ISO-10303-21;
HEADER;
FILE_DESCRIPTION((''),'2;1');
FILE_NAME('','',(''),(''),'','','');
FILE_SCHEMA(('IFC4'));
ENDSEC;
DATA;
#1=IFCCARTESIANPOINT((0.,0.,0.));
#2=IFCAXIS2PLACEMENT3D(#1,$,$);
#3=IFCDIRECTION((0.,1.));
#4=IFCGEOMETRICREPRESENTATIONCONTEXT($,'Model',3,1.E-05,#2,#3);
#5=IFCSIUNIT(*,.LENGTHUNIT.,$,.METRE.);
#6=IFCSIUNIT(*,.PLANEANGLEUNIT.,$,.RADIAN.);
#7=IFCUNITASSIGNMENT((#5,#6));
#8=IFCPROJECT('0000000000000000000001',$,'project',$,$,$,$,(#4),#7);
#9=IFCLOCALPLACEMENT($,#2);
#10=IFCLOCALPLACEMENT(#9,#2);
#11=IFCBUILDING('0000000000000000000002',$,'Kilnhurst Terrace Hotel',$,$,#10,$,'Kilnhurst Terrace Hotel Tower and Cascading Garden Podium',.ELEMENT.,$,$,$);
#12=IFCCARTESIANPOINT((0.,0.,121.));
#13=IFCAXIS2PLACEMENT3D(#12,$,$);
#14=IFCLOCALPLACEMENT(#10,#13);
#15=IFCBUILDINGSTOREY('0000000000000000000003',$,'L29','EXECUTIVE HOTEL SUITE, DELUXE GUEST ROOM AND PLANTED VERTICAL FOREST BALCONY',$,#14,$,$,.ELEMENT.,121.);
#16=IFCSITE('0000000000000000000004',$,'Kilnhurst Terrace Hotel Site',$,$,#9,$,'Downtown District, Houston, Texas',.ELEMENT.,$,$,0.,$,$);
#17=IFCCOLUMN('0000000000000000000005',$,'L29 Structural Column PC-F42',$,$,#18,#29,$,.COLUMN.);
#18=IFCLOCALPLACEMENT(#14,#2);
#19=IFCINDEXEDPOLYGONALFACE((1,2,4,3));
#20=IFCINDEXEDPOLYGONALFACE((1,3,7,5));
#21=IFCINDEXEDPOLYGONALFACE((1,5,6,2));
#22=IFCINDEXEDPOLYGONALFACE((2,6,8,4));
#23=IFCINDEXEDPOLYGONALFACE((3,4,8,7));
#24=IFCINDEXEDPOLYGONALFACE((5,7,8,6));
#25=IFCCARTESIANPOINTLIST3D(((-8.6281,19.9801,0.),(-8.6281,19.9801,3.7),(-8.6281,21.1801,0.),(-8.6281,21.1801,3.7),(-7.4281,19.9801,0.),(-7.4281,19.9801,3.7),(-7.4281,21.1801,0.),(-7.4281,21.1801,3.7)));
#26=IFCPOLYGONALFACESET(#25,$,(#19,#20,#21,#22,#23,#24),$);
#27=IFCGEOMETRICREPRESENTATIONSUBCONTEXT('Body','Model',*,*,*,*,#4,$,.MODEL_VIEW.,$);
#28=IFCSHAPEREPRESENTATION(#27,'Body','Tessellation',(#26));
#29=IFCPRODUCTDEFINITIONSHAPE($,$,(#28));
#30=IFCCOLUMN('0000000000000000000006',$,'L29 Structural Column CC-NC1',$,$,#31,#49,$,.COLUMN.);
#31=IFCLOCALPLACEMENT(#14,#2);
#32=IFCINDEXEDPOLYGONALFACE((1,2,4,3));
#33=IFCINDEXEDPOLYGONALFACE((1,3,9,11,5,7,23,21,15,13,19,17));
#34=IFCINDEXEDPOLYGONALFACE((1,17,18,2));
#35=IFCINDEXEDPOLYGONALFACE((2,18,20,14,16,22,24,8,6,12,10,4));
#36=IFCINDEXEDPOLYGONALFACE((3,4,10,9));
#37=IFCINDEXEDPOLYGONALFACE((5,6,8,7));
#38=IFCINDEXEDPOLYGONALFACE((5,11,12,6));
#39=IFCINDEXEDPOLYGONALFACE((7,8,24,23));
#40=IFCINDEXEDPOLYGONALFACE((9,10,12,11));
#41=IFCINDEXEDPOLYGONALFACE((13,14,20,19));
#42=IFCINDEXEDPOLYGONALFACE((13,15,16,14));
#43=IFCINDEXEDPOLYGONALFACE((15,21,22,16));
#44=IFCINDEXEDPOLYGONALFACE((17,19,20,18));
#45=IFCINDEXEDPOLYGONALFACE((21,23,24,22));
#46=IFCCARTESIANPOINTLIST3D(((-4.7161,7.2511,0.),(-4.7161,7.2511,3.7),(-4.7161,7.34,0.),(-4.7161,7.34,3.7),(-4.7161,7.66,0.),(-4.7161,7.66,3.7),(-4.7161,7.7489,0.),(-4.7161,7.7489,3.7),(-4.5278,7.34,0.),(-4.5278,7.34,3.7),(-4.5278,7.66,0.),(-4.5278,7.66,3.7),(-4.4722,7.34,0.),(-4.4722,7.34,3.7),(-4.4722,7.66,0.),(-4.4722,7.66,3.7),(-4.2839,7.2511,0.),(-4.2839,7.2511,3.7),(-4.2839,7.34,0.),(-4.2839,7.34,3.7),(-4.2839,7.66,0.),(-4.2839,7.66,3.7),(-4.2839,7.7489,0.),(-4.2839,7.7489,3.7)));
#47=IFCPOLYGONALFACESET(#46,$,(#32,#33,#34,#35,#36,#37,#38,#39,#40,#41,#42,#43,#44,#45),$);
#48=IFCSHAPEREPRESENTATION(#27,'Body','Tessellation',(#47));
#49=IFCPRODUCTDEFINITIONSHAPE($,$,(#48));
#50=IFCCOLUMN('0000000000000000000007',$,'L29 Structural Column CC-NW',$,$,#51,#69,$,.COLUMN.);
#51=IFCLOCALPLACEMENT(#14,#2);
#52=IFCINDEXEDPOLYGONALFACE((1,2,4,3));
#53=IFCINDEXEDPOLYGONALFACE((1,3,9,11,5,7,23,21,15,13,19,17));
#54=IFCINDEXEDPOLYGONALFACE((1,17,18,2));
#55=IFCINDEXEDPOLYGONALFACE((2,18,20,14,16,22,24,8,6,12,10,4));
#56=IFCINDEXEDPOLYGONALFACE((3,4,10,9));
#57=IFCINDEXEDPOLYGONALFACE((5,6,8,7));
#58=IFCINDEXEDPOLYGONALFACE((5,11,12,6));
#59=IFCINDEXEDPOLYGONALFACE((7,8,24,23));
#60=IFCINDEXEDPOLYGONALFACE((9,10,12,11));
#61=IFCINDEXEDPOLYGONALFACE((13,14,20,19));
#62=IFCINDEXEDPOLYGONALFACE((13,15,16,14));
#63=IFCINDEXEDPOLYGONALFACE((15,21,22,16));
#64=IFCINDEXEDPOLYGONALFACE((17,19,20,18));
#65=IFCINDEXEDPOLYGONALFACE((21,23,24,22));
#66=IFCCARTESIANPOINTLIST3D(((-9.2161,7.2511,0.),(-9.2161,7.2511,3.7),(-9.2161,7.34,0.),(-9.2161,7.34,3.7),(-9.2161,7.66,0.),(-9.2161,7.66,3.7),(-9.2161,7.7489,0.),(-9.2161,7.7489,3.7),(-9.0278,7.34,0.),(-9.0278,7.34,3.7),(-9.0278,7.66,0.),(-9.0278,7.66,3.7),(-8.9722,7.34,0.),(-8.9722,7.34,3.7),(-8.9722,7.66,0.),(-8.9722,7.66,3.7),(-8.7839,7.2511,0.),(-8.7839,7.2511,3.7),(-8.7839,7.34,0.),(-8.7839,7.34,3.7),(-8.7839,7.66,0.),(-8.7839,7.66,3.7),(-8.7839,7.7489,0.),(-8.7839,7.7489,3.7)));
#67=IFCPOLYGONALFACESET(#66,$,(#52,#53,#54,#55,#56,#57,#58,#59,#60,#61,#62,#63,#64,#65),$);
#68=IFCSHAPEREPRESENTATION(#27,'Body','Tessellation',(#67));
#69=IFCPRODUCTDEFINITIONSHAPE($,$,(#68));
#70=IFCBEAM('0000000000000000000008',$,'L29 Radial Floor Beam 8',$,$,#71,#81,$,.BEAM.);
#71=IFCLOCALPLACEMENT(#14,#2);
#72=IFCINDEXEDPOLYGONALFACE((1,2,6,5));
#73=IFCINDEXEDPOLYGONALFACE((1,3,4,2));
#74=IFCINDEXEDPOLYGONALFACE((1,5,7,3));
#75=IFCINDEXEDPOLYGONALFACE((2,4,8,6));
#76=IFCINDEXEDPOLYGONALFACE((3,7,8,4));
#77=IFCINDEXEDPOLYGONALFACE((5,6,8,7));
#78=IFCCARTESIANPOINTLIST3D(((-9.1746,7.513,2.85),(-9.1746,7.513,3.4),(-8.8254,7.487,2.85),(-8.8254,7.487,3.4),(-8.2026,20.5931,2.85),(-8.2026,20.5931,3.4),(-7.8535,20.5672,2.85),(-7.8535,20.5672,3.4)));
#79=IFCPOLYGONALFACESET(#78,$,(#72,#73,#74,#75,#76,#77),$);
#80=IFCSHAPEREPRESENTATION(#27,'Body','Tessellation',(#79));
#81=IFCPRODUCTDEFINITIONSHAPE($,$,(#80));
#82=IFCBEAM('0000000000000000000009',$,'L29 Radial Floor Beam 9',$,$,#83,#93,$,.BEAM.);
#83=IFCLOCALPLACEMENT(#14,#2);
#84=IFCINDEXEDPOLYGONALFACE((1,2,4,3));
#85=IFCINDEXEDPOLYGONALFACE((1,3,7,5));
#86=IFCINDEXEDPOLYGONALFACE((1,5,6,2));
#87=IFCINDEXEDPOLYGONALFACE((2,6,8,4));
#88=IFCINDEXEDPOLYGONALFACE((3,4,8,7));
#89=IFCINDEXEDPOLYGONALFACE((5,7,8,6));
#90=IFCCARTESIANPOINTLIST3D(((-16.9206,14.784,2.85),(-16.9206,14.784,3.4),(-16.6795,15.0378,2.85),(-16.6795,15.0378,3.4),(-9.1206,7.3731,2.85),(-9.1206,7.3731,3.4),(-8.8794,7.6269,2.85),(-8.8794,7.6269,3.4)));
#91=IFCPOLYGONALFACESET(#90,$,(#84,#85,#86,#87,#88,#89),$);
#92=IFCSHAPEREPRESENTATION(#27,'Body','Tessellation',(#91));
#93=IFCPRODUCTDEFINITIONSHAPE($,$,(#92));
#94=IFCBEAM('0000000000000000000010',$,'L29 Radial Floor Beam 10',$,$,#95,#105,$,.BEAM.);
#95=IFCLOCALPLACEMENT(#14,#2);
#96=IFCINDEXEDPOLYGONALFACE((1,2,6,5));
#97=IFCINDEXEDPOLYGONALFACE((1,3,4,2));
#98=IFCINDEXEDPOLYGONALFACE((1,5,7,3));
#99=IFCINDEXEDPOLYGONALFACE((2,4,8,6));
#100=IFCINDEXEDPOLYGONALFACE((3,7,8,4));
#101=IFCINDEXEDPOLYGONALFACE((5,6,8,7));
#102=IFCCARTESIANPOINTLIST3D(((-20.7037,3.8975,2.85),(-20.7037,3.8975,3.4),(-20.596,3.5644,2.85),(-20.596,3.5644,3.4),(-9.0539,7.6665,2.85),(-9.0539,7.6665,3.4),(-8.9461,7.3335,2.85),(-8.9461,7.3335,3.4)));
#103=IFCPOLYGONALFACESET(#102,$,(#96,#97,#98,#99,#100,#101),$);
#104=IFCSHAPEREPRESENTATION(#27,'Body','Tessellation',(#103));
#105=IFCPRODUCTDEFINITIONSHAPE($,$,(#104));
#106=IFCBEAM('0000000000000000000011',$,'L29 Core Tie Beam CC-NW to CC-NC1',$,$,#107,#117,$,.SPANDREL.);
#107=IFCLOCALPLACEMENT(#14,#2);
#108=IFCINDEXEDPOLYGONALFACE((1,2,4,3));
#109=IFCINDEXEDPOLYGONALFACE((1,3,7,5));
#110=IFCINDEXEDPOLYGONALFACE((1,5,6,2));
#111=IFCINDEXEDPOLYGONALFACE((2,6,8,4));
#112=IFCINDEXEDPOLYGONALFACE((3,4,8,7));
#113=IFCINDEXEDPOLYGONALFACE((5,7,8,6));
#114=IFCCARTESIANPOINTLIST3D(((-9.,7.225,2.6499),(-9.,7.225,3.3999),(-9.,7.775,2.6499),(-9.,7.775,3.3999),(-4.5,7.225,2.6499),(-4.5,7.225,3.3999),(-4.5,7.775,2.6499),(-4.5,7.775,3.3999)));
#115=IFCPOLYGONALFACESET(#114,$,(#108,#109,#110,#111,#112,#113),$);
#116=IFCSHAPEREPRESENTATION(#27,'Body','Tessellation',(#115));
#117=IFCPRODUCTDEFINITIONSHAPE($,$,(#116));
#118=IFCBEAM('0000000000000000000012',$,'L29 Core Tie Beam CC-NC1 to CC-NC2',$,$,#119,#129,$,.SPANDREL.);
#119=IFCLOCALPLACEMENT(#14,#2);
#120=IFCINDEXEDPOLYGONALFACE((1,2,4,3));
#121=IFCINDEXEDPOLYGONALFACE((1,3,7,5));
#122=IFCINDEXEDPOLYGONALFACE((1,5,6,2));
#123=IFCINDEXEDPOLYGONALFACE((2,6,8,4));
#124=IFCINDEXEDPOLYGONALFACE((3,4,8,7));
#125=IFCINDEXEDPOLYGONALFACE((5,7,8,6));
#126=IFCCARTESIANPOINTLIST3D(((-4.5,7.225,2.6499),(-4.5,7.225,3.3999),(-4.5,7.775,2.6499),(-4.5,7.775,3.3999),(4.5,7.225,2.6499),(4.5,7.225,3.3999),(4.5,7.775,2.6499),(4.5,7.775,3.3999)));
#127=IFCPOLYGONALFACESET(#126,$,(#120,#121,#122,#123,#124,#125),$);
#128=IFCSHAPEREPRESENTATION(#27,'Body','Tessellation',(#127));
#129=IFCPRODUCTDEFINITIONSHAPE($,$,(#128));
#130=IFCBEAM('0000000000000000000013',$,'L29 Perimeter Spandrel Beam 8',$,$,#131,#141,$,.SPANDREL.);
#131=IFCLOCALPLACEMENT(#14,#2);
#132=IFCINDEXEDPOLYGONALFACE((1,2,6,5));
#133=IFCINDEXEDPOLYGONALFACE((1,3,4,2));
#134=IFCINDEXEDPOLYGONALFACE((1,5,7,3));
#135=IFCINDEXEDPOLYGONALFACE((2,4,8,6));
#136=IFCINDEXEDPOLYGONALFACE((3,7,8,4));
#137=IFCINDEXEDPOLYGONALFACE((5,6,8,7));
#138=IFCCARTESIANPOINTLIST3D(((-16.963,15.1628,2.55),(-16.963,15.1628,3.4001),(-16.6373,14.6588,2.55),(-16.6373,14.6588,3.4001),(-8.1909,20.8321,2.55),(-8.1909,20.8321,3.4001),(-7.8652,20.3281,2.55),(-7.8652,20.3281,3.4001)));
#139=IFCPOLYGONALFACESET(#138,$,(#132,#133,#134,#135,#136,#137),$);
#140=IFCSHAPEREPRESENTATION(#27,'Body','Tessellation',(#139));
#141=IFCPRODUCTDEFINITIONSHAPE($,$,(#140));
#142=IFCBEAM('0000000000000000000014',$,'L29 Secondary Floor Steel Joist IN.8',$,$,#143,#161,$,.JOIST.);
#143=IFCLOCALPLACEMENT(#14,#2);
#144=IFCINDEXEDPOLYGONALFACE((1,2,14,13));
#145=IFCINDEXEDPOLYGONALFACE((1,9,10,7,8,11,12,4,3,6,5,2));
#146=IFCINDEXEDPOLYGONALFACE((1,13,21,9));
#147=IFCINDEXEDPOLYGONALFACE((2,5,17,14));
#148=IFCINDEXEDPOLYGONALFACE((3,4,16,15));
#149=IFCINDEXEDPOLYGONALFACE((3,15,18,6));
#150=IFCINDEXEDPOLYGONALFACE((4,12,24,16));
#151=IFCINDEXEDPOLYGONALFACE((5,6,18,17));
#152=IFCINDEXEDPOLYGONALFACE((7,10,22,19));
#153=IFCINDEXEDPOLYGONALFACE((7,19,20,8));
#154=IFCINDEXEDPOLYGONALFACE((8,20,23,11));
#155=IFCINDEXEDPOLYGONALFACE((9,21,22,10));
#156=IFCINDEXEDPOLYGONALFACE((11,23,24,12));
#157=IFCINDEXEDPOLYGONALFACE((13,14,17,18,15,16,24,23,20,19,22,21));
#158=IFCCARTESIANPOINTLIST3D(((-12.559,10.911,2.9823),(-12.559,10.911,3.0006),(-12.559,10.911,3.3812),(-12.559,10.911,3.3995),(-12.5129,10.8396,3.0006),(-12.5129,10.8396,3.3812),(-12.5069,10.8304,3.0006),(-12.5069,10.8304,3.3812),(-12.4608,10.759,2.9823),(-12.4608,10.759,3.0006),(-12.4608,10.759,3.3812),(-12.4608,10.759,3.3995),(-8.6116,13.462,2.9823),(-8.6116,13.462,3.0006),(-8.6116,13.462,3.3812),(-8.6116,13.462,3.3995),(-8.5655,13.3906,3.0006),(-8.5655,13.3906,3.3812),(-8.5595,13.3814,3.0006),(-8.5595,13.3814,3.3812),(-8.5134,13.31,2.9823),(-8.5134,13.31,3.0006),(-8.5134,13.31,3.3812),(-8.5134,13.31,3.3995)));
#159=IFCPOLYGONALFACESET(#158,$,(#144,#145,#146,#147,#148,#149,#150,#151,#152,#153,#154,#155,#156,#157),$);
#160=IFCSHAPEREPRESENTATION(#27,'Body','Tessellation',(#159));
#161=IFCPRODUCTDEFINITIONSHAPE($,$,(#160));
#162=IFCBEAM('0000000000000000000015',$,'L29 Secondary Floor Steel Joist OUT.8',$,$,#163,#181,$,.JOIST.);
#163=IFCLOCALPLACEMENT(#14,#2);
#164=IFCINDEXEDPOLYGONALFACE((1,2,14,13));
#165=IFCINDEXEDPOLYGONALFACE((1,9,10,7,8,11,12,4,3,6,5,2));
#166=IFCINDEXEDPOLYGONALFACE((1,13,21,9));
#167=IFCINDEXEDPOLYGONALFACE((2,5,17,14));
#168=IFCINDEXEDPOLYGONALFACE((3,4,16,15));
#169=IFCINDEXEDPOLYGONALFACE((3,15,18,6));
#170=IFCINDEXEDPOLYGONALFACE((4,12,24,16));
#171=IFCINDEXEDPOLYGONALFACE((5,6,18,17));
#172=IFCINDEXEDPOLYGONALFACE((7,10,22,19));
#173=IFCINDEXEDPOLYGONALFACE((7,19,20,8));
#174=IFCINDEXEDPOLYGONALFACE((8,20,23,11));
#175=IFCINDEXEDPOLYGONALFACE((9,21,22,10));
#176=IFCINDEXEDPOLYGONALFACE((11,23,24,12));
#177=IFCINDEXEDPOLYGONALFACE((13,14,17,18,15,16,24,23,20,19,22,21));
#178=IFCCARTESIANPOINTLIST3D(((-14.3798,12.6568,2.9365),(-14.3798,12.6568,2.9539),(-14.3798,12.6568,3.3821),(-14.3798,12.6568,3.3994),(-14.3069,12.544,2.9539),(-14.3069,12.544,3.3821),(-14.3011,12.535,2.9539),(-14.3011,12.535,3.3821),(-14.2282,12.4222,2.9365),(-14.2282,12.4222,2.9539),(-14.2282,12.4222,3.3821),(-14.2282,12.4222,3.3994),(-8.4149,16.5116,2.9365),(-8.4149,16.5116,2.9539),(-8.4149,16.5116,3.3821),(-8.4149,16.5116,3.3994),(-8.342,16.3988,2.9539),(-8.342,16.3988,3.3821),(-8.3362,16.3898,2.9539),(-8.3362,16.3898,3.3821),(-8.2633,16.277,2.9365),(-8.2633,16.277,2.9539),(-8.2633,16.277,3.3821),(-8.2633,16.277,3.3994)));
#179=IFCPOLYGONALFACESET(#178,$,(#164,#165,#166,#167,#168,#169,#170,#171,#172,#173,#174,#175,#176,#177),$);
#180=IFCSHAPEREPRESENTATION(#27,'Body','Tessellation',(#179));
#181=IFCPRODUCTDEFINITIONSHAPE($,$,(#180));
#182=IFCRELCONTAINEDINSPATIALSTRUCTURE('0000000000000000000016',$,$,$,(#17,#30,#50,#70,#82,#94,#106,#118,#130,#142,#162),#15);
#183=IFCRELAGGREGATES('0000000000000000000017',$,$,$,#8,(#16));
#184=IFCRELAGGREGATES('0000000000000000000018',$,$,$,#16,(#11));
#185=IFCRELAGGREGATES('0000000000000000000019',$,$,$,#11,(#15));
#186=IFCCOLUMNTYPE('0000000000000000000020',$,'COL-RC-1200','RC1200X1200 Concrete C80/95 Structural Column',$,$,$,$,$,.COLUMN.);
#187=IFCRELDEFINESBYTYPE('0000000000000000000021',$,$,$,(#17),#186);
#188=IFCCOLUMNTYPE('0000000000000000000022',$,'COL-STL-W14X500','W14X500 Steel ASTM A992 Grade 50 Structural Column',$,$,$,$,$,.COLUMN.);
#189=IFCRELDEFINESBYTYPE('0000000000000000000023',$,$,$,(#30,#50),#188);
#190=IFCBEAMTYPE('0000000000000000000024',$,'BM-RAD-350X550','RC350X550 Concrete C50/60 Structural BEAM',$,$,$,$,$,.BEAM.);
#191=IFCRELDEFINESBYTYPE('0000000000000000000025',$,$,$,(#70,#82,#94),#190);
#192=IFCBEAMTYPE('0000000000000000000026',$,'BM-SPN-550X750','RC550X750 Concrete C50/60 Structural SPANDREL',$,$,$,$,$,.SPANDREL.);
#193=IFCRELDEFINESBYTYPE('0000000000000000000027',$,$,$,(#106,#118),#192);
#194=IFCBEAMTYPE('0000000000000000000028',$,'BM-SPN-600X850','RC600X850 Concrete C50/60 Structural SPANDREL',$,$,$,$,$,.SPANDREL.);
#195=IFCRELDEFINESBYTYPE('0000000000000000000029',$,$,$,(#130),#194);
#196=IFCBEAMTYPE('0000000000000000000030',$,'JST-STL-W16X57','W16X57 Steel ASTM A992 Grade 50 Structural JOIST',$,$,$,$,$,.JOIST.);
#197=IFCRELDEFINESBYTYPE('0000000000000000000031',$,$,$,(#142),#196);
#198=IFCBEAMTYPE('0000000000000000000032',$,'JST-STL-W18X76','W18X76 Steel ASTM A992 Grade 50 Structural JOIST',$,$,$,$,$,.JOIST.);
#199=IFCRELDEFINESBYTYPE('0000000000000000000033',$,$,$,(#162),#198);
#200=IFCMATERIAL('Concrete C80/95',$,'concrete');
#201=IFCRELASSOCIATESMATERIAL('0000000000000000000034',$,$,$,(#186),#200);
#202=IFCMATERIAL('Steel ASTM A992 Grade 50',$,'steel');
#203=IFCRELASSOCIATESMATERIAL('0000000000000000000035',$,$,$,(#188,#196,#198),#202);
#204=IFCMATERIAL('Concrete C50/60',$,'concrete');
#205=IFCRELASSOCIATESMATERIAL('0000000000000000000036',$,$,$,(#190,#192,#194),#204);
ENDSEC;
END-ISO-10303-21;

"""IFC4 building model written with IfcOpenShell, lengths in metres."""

from ifc_helpers import new_model, si_unit, direction, frame, origin, origin_2d, place, context, subcontext, project, spatial, rectangle, i_section, extrude, material, material_profile, profile_set, type_object, element, save


model = new_model("IFC4")

# Units and contexts
model_context = context("Model", 3, precision=1e-05, world=origin(), true_north=direction((0.0, 1.0)))
body_context = subcontext(model_context, "Body", "Model", "MODEL_VIEW")
ifc_project = project(units=[si_unit("LENGTHUNIT", "METRE"), si_unit("PLANEANGLEUNIT", "RADIAN")], contexts=[model_context])

# Site, building, storey
site_placement = place(None, origin())
site = spatial("IfcSite", under=ifc_project, at=site_placement, Name="Kilnhurst Terrace Hotel Site", LongName="Downtown District, Houston, Texas", CompositionType="ELEMENT", RefElevation=0.0)
building_placement = place(site_placement, origin())
building = spatial("IfcBuilding", under=site, at=building_placement, Name="Kilnhurst Terrace Hotel", LongName="Kilnhurst Terrace Hotel Tower and Cascading Garden Podium", CompositionType="ELEMENT")
storey_placement = place(building_placement, frame((0.0, 0.0, 121.0)))
storey = spatial("IfcBuildingStorey", under=building, at=storey_placement, Name="L29", Description="EXECUTIVE HOTEL SUITE, DELUXE GUEST ROOM AND PLANTED VERTICAL FOREST BALCONY", CompositionType="ELEMENT", Elevation=121.0)

# Columns
ifc_material_1 = material(Name="Concrete C80/95", Category="concrete")
ifc_material_profile_1 = material_profile(ifc_material_1, rectangle(XDim=1.2, YDim=1.2, at=origin_2d()), Name="RC1200X1200")
ifc_profile_set_1 = profile_set([ifc_material_profile_1], Name="Concrete C80/95")
column_type_1 = type_object("IfcColumnType", Name="COL-RC-1200", Description="RC1200X1200 Concrete C80/95 Structural Column", PredefinedType="COLUMN", material=ifc_profile_set_1)
column_placement = place(storey_placement, frame((-8.0281, 20.5801, 0.0), z_axis=(0.0, 0.0, 1.0), x_axis=(1.0, 0.0, 0.0)))
element("IfcColumn", 1, at=column_placement, inside=storey, type_object=column_type_1, Name="L29 Structural Column PC-F42", PredefinedType="COLUMN", context=body_context, shape_type="SweptSolid", body=[
    extrude(rectangle(XDim=1.2, YDim=1.2, at=origin_2d()), origin(), (0.0, 0.0, 1.0), 3.7),
])
ifc_material_2 = material(Name="Steel ASTM A992 Grade 50", Category="steel")
ifc_material_profile_2 = material_profile(ifc_material_2, i_section(OverallWidth=0.4321, OverallDepth=0.4978, WebThickness=0.0557, FlangeThickness=0.0889, at=origin_2d()), Name="W14X500")
ifc_profile_set_2 = profile_set([ifc_material_profile_2], Name="Steel ASTM A992 Grade 50")
column_type_2 = type_object("IfcColumnType", Name="COL-STL-W14X500", Description="W14X500 Steel ASTM A992 Grade 50 Structural Column", PredefinedType="COLUMN", material=ifc_profile_set_2)
for number, where, z_axis, x_axis, name in (
    (2, (-4.5, 7.5, 0.0), (0.0, 0.0, 1.0), (1.0, 0.0, 0.0), "L29 Structural Column CC-NC1"),
    (3, (-9.0, 7.5, 0.0), (0.0, 0.0, 1.0), (1.0, 0.0, 0.0), "L29 Structural Column CC-NW"),
):
    element("IfcColumn", number, at=place(storey_placement, frame(where, z_axis=z_axis, x_axis=x_axis)), inside=storey, type_object=column_type_2, Name=name, PredefinedType="COLUMN", context=body_context, shape_type="SweptSolid", body=[
        extrude(i_section(OverallWidth=0.4321, OverallDepth=0.4978, WebThickness=0.0557, FlangeThickness=0.0889, at=origin_2d()), origin(), (0.0, 0.0, 1.0), 3.7),
    ])

# Beams
ifc_material_3 = material(Name="Concrete C50/60", Category="concrete")
ifc_material_profile_3 = material_profile(ifc_material_3, rectangle(XDim=0.3501, YDim=0.55, at=origin_2d()), Name="RC350X550")
ifc_profile_set_3 = profile_set([ifc_material_profile_3], Name="Concrete C50/60")
beam_type_1 = type_object("IfcBeamType", Name="BM-RAD-350X550", Description="RC350X550 Concrete C50/60 Structural BEAM", PredefinedType="BEAM", material=ifc_profile_set_3)
beam_1_placement = place(storey_placement, frame((-9.0, 7.5, 3.125), z_axis=(0.074101, 0.997251, 0.0), x_axis=(-0.997251, 0.074101, 0.0)))
element("IfcBeam", 4, at=beam_1_placement, inside=storey, type_object=beam_type_1, Name="L29 Radial Floor Beam 8", PredefinedType="BEAM", context=body_context, shape_type="SweptSolid", body=[
    extrude(rectangle(XDim=0.3501, YDim=0.55, at=origin_2d()), origin(), (0.0, 0.0, 1.0), 13.1162),
])
beam_2_placement = place(storey_placement, frame((-9.0, 7.5, 3.125), z_axis=(-0.72496, 0.688791, 0.0), x_axis=(-0.688791, -0.72496, 0.0)))
element("IfcBeam", 5, at=beam_2_placement, inside=storey, type_object=beam_type_1, Name="L29 Radial Floor Beam 9", PredefinedType="BEAM", context=body_context, shape_type="SweptSolid", body=[
    extrude(rectangle(XDim=0.3501, YDim=0.55, at=origin_2d()), origin(), (0.0, 0.0, 1.0), 10.7593),
])
beam_3_placement = place(storey_placement, frame((-9.0, 7.5, 3.125), z_axis=(-0.951446, -0.307817, 0.0), x_axis=(0.307817, -0.951446, 0.0)))
element("IfcBeam", 6, at=beam_3_placement, inside=storey, type_object=beam_type_1, Name="L29 Radial Floor Beam 10", PredefinedType="BEAM", context=body_context, shape_type="SweptSolid", body=[
    extrude(rectangle(XDim=0.3501, YDim=0.55, at=origin_2d()), origin(), (0.0, 0.0, 1.0), 12.2444),
])
ifc_material_profile_4 = material_profile(ifc_material_3, rectangle(XDim=0.55, YDim=0.75, at=origin_2d()), Name="RC550X750")
ifc_profile_set_4 = profile_set([ifc_material_profile_4], Name="Concrete C50/60")
beam_type_2 = type_object("IfcBeamType", Name="BM-SPN-550X750", Description="RC550X750 Concrete C50/60 Structural SPANDREL", PredefinedType="SPANDREL", material=ifc_profile_set_4)
beam_4_placement = place(storey_placement, frame((-9.0, 7.5, 3.0249), z_axis=(1.0, 0.0, 0.0), x_axis=(0.0, 1.0, 0.0)))
element("IfcBeam", 7, at=beam_4_placement, inside=storey, type_object=beam_type_2, Name="L29 Core Tie Beam CC-NW to CC-NC1", PredefinedType="SPANDREL", context=body_context, shape_type="SweptSolid", body=[
    extrude(rectangle(XDim=0.55, YDim=0.75, at=origin_2d()), origin(), (0.0, 0.0, 1.0), 4.5),
])
beam_5_placement = place(storey_placement, frame((-4.5, 7.5, 3.0249), z_axis=(1.0, 0.0, 0.0), x_axis=(0.0, 1.0, 0.0)))
element("IfcBeam", 8, at=beam_5_placement, inside=storey, type_object=beam_type_2, Name="L29 Core Tie Beam CC-NC1 to CC-NC2", PredefinedType="SPANDREL", context=body_context, shape_type="SweptSolid", body=[
    extrude(rectangle(XDim=0.55, YDim=0.75, at=origin_2d()), origin(), (0.0, 0.0, 1.0), 9.0),
])
ifc_material_profile_5 = material_profile(ifc_material_3, rectangle(XDim=0.6001, YDim=0.8501, at=origin_2d()), Name="RC600X850")
ifc_profile_set_5 = profile_set([ifc_material_profile_5], Name="Concrete C50/60")
beam_type_3 = type_object("IfcBeamType", Name="BM-SPN-600X850", Description="RC600X850 Concrete C50/60 Structural SPANDREL", PredefinedType="SPANDREL", material=ifc_profile_set_5)
beam_6_placement = place(storey_placement, frame((-8.0281, 20.5801, 2.9751), z_axis=(-0.839867, -0.542793, 0.0), x_axis=(0.542793, -0.839867, 0.0)))
element("IfcBeam", 9, at=beam_6_placement, inside=storey, type_object=beam_type_3, Name="L29 Perimeter Spandrel Beam 8", PredefinedType="SPANDREL", context=body_context, shape_type="SweptSolid", body=[
    extrude(rectangle(XDim=0.6001, YDim=0.8501, at=origin_2d()), origin(), (0.0, 0.0, 1.0), 10.4446),
])
ifc_material_profile_6 = material_profile(ifc_material_2, i_section(OverallWidth=0.1809, OverallDepth=0.4172, WebThickness=0.011, FlangeThickness=0.0183, at=origin_2d()), Name="W16X57")
ifc_profile_set_6 = profile_set([ifc_material_profile_6], Name="Steel ASTM A992 Grade 50")
beam_type_4 = type_object("IfcBeamType", Name="JST-STL-W16X57", Description="W16X57 Steel ASTM A992 Grade 50 Structural JOIST", PredefinedType="JOIST", material=ifc_profile_set_6)
beam_7_placement = place(storey_placement, frame((-8.5625, 13.386, 3.1909), z_axis=(-0.839885, -0.542764, 0.0), x_axis=(0.542764, -0.839885, 0.0)))
element("IfcBeam", 10, at=beam_7_placement, inside=storey, type_object=beam_type_4, Name="L29 Secondary Floor Steel Joist IN.8", PredefinedType="JOIST", context=body_context, shape_type="SweptSolid", body=[
    extrude(i_section(OverallWidth=0.1809, OverallDepth=0.4172, WebThickness=0.011, FlangeThickness=0.0183, at=origin_2d()), origin(), (0.0, 0.0, 1.0), 4.7),
])
ifc_material_profile_7 = material_profile(ifc_material_2, i_section(OverallWidth=0.2793, OverallDepth=0.4629, WebThickness=0.0107, FlangeThickness=0.0173, at=origin_2d()), Name="W18X76")
ifc_profile_set_7 = profile_set([ifc_material_profile_7], Name="Steel ASTM A992 Grade 50")
beam_type_5 = type_object("IfcBeamType", Name="JST-STL-W18X76", Description="W18X76 Steel ASTM A992 Grade 50 Structural JOIST", PredefinedType="JOIST", material=ifc_profile_set_7)
beam_8_placement = place(storey_placement, frame((-8.3391, 16.3943, 3.168), z_axis=(-0.839883, -0.542768, 0.0), x_axis=(0.542768, -0.839883, 0.0)))
element("IfcBeam", 11, at=beam_8_placement, inside=storey, type_object=beam_type_5, Name="L29 Secondary Floor Steel Joist OUT.8", PredefinedType="JOIST", context=body_context, shape_type="SweptSolid", body=[
    extrude(i_section(OverallWidth=0.2793, OverallDepth=0.4629, WebThickness=0.0107, FlangeThickness=0.0173, at=origin_2d()), origin(), (0.0, 0.0, 1.0), 7.1021),
])

save(model, "model.ifc")
